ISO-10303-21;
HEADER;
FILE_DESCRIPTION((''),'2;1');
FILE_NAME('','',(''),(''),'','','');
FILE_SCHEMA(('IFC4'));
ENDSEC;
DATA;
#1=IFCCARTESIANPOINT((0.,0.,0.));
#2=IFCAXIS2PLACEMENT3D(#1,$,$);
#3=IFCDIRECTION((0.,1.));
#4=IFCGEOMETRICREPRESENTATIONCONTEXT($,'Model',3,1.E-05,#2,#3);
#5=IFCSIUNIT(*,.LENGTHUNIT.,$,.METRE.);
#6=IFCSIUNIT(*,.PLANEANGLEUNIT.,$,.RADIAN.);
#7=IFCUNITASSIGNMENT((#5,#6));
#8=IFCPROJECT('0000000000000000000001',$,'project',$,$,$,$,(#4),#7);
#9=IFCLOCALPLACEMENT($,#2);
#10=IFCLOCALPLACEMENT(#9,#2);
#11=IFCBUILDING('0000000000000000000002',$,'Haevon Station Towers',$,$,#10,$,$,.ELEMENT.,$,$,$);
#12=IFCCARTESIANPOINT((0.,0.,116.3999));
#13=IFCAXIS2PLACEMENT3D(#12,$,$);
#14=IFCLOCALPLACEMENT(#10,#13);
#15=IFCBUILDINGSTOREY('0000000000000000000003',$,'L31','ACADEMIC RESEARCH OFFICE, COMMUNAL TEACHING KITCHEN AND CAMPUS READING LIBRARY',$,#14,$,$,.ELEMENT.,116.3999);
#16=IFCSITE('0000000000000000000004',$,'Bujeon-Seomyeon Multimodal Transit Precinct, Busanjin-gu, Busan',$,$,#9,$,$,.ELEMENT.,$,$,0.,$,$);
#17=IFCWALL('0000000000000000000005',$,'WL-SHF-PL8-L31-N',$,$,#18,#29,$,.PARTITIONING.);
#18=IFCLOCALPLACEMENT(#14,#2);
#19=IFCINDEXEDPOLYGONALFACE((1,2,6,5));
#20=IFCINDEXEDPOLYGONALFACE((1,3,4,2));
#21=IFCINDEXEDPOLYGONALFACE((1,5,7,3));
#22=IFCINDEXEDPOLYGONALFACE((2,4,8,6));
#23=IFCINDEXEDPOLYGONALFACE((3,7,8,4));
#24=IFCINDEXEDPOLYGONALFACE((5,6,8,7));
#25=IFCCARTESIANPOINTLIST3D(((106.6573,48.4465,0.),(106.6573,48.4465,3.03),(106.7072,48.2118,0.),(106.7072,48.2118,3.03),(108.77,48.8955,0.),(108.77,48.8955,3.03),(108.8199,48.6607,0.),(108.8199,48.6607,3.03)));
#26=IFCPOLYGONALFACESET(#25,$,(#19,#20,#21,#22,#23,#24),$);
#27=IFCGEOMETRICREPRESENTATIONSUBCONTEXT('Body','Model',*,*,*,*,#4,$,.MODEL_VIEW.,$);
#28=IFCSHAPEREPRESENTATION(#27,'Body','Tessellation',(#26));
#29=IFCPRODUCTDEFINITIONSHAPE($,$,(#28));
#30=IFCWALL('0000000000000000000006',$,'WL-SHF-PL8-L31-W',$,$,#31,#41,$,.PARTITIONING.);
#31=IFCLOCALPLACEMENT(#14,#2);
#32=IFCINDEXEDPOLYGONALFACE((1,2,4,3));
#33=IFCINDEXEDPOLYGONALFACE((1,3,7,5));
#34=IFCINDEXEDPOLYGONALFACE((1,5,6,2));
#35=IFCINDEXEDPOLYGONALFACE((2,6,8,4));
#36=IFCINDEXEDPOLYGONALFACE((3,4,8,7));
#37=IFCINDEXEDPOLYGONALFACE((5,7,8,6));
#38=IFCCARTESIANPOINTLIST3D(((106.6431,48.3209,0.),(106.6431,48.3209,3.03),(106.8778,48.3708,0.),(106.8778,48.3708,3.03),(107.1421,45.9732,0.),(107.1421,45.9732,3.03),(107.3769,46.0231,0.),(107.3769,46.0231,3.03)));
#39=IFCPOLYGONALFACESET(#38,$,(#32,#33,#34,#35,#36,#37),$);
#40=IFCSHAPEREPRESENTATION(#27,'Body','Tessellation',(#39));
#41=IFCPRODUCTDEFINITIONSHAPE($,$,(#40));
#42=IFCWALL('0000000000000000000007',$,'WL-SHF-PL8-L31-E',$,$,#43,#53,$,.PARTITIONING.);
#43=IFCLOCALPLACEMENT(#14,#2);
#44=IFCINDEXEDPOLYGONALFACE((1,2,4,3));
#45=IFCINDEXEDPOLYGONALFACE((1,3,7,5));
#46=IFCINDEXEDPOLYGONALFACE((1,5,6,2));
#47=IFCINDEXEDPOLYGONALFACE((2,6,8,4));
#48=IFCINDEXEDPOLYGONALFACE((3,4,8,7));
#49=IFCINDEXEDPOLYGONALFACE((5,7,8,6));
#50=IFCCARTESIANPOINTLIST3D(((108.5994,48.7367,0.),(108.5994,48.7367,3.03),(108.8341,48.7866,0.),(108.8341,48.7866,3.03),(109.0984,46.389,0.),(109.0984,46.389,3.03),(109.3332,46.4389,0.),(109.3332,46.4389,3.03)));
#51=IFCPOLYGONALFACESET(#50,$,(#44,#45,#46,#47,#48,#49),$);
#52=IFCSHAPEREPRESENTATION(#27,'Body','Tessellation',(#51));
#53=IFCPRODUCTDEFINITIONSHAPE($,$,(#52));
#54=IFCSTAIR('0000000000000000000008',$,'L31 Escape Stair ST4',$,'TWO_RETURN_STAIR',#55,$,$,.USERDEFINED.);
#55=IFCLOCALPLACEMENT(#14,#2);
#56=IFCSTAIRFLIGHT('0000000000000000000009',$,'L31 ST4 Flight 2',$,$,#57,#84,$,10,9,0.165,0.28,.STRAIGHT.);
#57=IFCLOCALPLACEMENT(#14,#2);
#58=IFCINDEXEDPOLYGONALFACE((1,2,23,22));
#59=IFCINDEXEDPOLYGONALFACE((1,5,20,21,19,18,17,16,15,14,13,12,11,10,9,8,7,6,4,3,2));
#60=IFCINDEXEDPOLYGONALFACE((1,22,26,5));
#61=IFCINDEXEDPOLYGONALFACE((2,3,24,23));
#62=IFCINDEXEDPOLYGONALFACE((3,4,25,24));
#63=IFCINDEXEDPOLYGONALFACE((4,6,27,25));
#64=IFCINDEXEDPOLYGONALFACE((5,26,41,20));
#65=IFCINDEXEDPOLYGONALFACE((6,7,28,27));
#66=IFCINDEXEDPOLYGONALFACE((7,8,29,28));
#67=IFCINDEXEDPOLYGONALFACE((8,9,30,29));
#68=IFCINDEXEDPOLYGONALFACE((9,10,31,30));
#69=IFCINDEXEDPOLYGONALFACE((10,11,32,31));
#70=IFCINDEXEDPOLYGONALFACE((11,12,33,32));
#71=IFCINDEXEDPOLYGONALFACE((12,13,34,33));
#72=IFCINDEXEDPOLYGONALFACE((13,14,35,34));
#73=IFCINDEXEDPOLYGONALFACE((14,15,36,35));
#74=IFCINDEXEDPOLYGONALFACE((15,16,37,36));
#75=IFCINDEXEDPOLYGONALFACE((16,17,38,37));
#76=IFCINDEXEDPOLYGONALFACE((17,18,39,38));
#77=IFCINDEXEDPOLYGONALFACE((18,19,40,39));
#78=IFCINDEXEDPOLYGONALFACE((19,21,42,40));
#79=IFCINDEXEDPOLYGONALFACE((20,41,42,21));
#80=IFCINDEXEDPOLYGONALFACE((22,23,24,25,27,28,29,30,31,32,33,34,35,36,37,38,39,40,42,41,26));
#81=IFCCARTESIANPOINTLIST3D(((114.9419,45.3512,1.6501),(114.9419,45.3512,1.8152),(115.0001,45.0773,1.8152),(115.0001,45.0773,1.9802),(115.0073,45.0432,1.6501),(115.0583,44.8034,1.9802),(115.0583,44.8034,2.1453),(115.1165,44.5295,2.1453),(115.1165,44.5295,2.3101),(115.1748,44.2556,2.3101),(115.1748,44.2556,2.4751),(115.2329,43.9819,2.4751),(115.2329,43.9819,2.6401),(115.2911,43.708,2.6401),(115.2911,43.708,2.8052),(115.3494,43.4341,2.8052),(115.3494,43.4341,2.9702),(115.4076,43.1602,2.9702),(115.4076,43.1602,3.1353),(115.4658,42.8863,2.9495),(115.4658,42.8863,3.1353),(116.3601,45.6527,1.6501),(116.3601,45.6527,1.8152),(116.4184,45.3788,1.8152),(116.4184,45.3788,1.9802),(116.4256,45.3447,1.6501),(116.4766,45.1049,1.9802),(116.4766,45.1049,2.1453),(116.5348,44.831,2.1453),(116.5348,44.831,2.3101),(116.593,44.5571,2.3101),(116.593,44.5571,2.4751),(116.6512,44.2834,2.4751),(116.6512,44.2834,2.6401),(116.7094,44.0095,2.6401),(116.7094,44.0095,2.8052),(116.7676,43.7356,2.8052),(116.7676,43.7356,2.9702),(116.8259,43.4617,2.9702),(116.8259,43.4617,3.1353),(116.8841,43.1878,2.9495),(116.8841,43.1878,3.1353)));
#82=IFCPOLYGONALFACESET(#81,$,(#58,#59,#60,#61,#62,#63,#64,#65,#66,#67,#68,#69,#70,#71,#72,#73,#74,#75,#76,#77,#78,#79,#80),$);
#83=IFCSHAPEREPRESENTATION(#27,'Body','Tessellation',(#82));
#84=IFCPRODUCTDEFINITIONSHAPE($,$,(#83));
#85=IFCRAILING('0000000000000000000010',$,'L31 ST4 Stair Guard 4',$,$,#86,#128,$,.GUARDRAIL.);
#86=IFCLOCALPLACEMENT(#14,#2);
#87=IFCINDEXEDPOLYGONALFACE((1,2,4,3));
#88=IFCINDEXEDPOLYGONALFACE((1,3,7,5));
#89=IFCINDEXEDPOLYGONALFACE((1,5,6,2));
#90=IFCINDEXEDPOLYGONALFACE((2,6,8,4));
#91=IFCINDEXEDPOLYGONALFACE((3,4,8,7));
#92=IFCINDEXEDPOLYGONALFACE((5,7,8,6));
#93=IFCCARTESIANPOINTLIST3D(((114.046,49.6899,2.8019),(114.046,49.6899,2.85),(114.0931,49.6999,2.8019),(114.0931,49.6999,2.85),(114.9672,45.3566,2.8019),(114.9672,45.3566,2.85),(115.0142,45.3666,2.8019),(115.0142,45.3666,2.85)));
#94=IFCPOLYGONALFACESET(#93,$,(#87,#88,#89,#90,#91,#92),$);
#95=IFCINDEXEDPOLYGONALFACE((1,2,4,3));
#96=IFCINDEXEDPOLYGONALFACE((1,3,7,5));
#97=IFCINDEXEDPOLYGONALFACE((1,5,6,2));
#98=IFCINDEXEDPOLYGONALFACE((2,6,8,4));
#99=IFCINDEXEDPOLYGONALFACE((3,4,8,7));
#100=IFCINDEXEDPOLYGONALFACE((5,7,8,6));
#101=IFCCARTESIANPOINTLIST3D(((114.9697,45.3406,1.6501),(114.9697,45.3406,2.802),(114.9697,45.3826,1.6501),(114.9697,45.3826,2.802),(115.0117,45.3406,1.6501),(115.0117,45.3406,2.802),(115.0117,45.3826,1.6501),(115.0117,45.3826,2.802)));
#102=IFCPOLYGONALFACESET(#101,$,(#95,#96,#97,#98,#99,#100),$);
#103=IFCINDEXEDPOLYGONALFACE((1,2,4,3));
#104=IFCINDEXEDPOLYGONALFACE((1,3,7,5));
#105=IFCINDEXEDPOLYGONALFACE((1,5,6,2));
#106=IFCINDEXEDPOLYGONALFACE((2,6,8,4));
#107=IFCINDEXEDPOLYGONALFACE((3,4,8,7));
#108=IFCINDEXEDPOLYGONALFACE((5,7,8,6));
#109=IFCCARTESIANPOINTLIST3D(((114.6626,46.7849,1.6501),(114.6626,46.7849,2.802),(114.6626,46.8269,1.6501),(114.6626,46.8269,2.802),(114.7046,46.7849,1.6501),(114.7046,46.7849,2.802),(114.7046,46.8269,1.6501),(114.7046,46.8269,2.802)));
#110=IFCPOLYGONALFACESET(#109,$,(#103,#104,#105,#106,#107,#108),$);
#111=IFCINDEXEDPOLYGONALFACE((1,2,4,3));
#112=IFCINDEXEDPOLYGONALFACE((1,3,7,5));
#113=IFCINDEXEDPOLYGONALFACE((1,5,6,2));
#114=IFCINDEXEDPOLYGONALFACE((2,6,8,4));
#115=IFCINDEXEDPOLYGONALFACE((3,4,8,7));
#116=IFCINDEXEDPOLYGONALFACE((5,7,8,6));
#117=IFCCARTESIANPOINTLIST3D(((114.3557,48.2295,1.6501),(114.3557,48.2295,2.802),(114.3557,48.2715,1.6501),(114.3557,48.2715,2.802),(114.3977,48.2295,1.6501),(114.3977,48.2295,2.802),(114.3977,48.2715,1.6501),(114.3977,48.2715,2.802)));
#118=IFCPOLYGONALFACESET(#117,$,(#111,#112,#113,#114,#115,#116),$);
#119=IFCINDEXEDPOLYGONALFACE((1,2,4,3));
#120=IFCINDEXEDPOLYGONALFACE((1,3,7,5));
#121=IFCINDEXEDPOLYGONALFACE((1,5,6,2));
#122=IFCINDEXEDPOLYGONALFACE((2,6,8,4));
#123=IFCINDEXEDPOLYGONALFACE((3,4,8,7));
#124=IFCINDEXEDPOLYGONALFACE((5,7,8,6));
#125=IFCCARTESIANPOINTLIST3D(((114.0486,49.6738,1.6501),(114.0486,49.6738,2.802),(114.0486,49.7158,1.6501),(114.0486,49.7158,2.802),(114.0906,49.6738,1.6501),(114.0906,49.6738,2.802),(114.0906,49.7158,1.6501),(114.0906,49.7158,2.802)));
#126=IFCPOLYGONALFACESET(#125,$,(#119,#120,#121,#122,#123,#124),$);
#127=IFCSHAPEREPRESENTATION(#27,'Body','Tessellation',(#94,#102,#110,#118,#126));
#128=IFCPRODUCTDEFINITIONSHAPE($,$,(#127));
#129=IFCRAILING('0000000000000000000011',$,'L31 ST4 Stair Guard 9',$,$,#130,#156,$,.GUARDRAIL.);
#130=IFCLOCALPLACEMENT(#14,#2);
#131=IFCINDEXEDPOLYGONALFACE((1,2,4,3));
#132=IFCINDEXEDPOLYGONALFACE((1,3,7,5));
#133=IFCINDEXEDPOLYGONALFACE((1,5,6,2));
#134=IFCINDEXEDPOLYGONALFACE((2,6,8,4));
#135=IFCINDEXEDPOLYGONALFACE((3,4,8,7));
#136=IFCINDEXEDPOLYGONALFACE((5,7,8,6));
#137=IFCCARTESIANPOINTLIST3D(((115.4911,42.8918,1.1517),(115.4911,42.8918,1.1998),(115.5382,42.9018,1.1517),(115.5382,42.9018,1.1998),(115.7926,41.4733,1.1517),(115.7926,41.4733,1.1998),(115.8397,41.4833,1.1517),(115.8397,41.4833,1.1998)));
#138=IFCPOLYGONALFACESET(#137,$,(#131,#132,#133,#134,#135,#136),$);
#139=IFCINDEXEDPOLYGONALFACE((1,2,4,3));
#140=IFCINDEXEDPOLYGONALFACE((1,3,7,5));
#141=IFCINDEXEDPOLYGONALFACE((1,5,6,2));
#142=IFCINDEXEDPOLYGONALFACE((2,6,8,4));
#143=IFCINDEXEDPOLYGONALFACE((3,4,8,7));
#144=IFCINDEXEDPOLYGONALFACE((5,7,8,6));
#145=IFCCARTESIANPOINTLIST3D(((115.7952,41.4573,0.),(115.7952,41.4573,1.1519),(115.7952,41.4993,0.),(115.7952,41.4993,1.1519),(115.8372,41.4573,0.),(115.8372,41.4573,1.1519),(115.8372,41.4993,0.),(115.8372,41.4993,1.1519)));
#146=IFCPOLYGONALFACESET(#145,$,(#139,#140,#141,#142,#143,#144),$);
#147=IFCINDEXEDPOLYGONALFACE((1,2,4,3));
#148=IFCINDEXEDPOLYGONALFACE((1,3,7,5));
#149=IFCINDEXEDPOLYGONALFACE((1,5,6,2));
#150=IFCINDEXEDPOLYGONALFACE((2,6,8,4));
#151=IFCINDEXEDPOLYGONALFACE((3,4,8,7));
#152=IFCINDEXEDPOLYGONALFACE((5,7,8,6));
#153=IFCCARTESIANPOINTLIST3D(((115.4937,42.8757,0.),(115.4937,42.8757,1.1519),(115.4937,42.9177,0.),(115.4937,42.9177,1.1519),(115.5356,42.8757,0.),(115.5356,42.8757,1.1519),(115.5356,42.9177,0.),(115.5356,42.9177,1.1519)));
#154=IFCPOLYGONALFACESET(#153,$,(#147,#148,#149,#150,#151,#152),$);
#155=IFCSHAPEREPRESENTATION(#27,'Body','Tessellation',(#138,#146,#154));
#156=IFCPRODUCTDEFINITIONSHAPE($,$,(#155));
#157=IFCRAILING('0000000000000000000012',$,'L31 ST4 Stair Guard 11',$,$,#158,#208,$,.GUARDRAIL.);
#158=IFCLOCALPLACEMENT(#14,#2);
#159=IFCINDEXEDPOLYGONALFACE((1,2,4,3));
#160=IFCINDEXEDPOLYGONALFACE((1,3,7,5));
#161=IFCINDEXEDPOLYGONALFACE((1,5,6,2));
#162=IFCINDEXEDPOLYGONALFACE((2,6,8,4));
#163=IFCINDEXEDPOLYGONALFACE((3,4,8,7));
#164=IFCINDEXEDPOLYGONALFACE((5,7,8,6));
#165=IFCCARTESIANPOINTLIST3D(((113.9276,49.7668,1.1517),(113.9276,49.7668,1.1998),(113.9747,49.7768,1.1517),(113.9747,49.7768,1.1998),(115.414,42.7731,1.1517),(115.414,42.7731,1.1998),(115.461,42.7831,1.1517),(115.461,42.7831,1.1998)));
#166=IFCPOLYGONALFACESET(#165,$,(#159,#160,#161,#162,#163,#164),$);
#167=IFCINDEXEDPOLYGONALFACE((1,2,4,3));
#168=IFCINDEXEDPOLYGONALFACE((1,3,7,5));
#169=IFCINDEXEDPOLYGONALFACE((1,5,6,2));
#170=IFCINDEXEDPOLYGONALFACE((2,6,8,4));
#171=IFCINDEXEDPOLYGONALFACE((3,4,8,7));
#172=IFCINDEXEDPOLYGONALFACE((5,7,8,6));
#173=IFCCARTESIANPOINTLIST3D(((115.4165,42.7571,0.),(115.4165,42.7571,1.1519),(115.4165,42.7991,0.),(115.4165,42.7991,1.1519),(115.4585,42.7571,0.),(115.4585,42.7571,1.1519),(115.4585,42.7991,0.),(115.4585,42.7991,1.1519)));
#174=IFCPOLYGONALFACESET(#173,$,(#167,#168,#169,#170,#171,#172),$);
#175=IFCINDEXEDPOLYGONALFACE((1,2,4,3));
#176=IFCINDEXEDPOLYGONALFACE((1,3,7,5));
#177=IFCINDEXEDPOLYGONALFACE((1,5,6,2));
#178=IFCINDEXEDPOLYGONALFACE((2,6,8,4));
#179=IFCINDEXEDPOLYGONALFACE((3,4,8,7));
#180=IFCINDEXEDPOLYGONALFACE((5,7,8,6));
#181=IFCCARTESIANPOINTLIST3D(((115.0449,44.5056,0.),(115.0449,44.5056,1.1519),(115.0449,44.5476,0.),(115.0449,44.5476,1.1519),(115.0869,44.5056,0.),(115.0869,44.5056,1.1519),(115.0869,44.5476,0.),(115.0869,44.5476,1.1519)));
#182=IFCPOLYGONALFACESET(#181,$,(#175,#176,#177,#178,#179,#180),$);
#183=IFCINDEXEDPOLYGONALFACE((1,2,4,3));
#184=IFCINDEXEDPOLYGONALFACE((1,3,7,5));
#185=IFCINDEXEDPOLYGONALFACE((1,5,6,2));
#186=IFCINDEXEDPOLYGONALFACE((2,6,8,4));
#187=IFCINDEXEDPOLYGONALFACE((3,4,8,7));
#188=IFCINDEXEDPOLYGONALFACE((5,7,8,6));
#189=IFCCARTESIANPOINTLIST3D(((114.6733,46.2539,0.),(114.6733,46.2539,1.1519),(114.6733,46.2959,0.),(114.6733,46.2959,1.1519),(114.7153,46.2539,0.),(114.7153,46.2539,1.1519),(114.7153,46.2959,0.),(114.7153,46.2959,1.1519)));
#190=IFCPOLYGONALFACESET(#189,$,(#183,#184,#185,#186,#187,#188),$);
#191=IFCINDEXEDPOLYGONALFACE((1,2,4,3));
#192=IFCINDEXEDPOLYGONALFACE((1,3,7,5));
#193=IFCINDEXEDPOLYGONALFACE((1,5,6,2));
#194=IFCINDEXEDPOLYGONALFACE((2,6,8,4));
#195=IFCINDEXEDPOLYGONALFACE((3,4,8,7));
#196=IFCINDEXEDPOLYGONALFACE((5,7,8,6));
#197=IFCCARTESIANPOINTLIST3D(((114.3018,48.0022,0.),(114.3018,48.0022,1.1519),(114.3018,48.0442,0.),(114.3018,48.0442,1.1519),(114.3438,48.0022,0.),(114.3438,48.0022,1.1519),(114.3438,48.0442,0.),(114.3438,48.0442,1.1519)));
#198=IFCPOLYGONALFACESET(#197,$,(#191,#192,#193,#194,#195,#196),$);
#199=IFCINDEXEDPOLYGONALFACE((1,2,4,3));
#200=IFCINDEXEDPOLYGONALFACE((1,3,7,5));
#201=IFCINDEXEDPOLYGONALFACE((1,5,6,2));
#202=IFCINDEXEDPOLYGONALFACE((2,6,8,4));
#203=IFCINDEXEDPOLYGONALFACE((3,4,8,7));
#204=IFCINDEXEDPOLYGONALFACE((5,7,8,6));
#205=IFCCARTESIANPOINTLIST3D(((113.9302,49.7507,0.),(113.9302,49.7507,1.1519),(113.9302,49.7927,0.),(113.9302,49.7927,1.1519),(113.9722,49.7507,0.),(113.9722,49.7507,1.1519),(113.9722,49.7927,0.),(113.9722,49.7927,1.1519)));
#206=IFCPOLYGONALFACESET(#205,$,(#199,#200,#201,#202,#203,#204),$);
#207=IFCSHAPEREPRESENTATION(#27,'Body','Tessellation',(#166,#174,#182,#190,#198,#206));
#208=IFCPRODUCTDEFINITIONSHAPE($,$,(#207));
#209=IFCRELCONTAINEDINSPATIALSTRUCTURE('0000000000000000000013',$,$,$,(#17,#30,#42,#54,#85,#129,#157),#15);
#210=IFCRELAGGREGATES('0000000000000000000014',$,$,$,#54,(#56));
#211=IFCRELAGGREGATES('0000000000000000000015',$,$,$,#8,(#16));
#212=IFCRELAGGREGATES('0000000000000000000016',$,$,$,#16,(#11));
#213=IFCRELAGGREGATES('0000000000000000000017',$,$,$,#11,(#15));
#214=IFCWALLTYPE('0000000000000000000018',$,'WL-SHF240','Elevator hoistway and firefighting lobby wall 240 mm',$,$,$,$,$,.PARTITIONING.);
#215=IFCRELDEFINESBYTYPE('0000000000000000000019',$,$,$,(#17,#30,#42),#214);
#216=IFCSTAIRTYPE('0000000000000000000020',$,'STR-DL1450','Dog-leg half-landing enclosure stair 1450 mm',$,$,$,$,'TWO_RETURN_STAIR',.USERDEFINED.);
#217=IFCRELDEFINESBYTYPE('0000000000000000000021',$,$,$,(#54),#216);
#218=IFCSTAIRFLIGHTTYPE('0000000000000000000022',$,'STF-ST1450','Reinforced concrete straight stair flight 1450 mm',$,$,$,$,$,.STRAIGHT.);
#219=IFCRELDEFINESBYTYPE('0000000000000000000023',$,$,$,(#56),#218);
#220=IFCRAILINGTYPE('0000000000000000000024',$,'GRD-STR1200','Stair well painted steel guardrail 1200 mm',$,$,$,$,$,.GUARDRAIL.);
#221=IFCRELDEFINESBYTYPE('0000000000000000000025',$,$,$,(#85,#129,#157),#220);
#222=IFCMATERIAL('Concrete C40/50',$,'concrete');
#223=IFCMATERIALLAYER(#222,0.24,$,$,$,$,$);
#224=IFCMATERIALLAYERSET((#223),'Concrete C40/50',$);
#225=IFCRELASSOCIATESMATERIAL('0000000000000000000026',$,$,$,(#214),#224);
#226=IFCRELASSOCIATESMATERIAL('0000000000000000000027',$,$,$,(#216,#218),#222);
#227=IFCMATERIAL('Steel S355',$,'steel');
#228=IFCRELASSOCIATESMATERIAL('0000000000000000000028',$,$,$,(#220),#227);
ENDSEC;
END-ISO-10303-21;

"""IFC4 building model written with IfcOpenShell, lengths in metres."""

from ifc_helpers import new_model, si_unit, direction, frame, frame_2d, origin, origin_2d, place, context, subcontext, project, spatial, polyline, rectangle, outline, extrude, material, layer, layer_set, type_object, element, aggregate, save


model = new_model("IFC4")

# Units and contexts
model_context = context("Model", 3, precision=1e-05, world=origin(), true_north=direction((0.0, 1.0)))
body_context = subcontext(model_context, "Body", "Model", "MODEL_VIEW")
ifc_project = project(units=[si_unit("LENGTHUNIT", "METRE"), si_unit("PLANEANGLEUNIT", "RADIAN")], contexts=[model_context])

# Site, building, storey
site_placement = place(None, origin())
site = spatial("IfcSite", under=ifc_project, at=site_placement, Name="Bujeon-Seomyeon Multimodal Transit Precinct, Busanjin-gu, Busan", CompositionType="ELEMENT", RefElevation=0.0)
building_placement = place(site_placement, origin())
building = spatial("IfcBuilding", under=site, at=building_placement, Name="Haevon Station Towers", CompositionType="ELEMENT")
storey_placement = place(building_placement, frame((0.0, 0.0, 116.3999)))
storey = spatial("IfcBuildingStorey", under=building, at=storey_placement, Name="L31", Description="ACADEMIC RESEARCH OFFICE, COMMUNAL TEACHING KITCHEN AND CAMPUS READING LIBRARY", CompositionType="ELEMENT", Elevation=116.3999)

# Shared definitions
ifc_material_1 = material(Name="Steel S355", Category="steel")

# Shared definitions
ifc_material_2 = material(Name="Concrete C40/50", Category="concrete")
ifc_layer_1 = layer(ifc_material_2, 0.24)
ifc_layer_set_1 = layer_set([ifc_layer_1], Name="Concrete C40/50")
wall_type_1 = type_object("IfcWallType", Name="WL-SHF240", Description="Elevator hoistway and firefighting lobby wall 240 mm", PredefinedType="PARTITIONING", material=ifc_layer_set_1)

# Walls
wall_1_placement = place(storey_placement, frame((106.6821, 48.3291, 0.0), z_axis=(0.0, 0.0, 1.0), x_axis=(0.978158, 0.207861, 0.0)))
element("IfcWall", 1, at=wall_1_placement, inside=storey, type_object=wall_type_1, Name="WL-SHF-PL8-L31-N", PredefinedType="PARTITIONING", context=body_context, shape_type="SweptSolid", body=[
    extrude(rectangle(XDim=2.1599, YDim=0.24, at=frame_2d((1.0801, 0.0))), origin(), (0.0, 0.0, 1.0), 3.03),
])
for number, where, z_axis, x_axis, name in (
    (2, (107.2595, 45.998, 0.0), (0.0, 0.0, 1.0), (-0.207917, 0.978146, 0.0), "WL-SHF-PL8-L31-W"),
    (3, (109.2158, 46.4138, 0.0), (0.0, 0.0, 1.0), (-0.207917, 0.978146, 0.0), "WL-SHF-PL8-L31-E"),
):
    element("IfcWall", number, at=place(storey_placement, frame(where, z_axis=z_axis, x_axis=x_axis)), inside=storey, type_object=wall_type_1, Name=name, PredefinedType="PARTITIONING", context=body_context, shape_type="SweptSolid", body=[
        extrude(rectangle(XDim=2.4001, YDim=0.24, at=frame_2d((1.2002, 0.0))), origin(), (0.0, 0.0, 1.0), 3.03),
    ])

# Stair, stair flight
stair_type = type_object("IfcStairType", Name="STR-DL1450", Description="Dog-leg half-landing enclosure stair 1450 mm", ElementType="TWO_RETURN_STAIR", PredefinedType="USERDEFINED", material=ifc_material_2)
stair_placement = place(storey_placement, origin())
stair = element("IfcStair", 4, at=stair_placement, inside=storey, type_object=stair_type, Name="L31 Escape Stair ST4", ObjectType="TWO_RETURN_STAIR", PredefinedType="USERDEFINED")
stair_flight_type = type_object("IfcStairFlightType", Name="STF-ST1450", Description="Reinforced concrete straight stair flight 1450 mm", PredefinedType="STRAIGHT", material=ifc_material_2)
stair_flight_placement = place(storey_placement, frame((115.6509, 45.502, 1.6501), z_axis=(0.0, 0.0, 1.0), x_axis=(0.207912, -0.978148, 0.0)))
stair_flight = element("IfcStairFlight", 5, at=stair_flight_placement, type_object=stair_flight_type, Name="L31 ST4 Flight 2", NumberOfRisers=10, NumberOfTreads=9, PredefinedType="STRAIGHT", RiserHeight=0.165, TreadLength=0.28, context=body_context, shape_type="SweptSolid", body=[
    extrude(outline(polyline([(0.0, 0.0), (0.0, 0.165), (0.28, 0.165), (0.28, 0.3301), (0.5601, 0.3301), (0.5601, 0.4951), (0.8401, 0.4951), (0.8401, 0.6599), (1.1201, 0.6599), (1.1201, 0.825), (1.3999, 0.825), (1.3999, 0.99), (1.6799, 0.99), (1.6799, 1.155), (1.96, 1.155), (1.96, 1.3201), (2.24, 1.3201), (2.24, 1.4851), (2.52, 1.4851), (2.52, 1.6499), (2.52, 1.2993), (0.3149, 0.0), (0.0, 0.0)])), frame((0.0, 0.7251, 0.0), z_axis=(0.0, -1.0, 0.0), x_axis=(1.0, 0.0, 0.0)), (0.0, 0.0, 1.0), 1.45),
])
aggregate(stair, [stair_flight])

# Railings
railing_type_1 = type_object("IfcRailingType", Name="GRD-STR1200", Description="Stair well painted steel guardrail 1200 mm", PredefinedType="GUARDRAIL", material=ifc_material_1)
railing_1_placement = place(storey_placement, frame((114.9907, 45.3616, 1.6501)))
element("IfcRailing", 6, at=railing_1_placement, inside=storey, type_object=railing_type_1, Name="L31 ST4 Stair Guard 4", PredefinedType="GUARDRAIL", context=body_context, shape_type="SweptSolid", body=[
    extrude(rectangle(XDim=0.0481, YDim=0.0481, at=origin_2d()), frame((0.0, 0.0, 1.1758), z_axis=(-0.207929, 0.978144, 0.0), x_axis=(-0.978144, -0.207929, 0.0)), (0.0, 0.0, 1.0), 4.4302),
    extrude(rectangle(XDim=0.042, YDim=0.042, at=origin_2d()), origin(), (0.0, 0.0, 1.0), 1.1519),
    extrude(rectangle(XDim=0.042, YDim=0.042, at=origin_2d()), frame((-0.3071, 1.4443, 0.0)), (0.0, 0.0, 1.0), 1.1519),
    extrude(rectangle(XDim=0.042, YDim=0.042, at=origin_2d()), frame((-0.614, 2.8889, 0.0)), (0.0, 0.0, 1.0), 1.1519),
    extrude(rectangle(XDim=0.042, YDim=0.042, at=origin_2d()), frame((-0.9211, 4.3333, 0.0)), (0.0, 0.0, 1.0), 1.1519),
])
railing_2_placement = place(storey_placement, frame((115.8162, 41.4783, 0.0)))
element("IfcRailing", 7, at=railing_2_placement, inside=storey, type_object=railing_type_1, Name="L31 ST4 Stair Guard 9", PredefinedType="GUARDRAIL", context=body_context, shape_type="SweptSolid", body=[
    extrude(rectangle(XDim=0.0481, YDim=0.0481, at=origin_2d()), frame((0.0, 0.0, 1.1758), z_axis=(-0.207919, 0.978146, 0.0), x_axis=(-0.978146, -0.207919, 0.0)), (0.0, 0.0, 1.0), 1.4502),
    extrude(rectangle(XDim=0.042, YDim=0.042, at=origin_2d()), origin(), (0.0, 0.0, 1.0), 1.1519),
    extrude(rectangle(XDim=0.042, YDim=0.042, at=origin_2d()), frame((-0.3015, 1.4185, 0.0)), (0.0, 0.0, 1.0), 1.1519),
])
railing_3_placement = place(storey_placement, frame((115.4375, 42.7781, 0.0)))
element("IfcRailing", 8, at=railing_3_placement, inside=storey, type_object=railing_type_1, Name="L31 ST4 Stair Guard 11", PredefinedType="GUARDRAIL", context=body_context, shape_type="SweptSolid", body=[
    extrude(rectangle(XDim=0.0481, YDim=0.0481, at=origin_2d()), frame((0.0, 0.0, 1.1758), z_axis=(-0.207882, 0.978154, 0.0), x_axis=(-0.978154, -0.207882, 0.0)), (0.0, 0.0, 1.0), 7.1499),
    extrude(rectangle(XDim=0.042, YDim=0.042, at=origin_2d()), origin(), (0.0, 0.0, 1.0), 1.1519),
    extrude(rectangle(XDim=0.042, YDim=0.042, at=origin_2d()), frame((-0.3716, 1.7485, 0.0)), (0.0, 0.0, 1.0), 1.1519),
    extrude(rectangle(XDim=0.042, YDim=0.042, at=origin_2d()), frame((-0.7432, 3.4968, 0.0)), (0.0, 0.0, 1.0), 1.1519),
    extrude(rectangle(XDim=0.042, YDim=0.042, at=origin_2d()), frame((-1.1147, 5.2451, 0.0)), (0.0, 0.0, 1.0), 1.1519),
    extrude(rectangle(XDim=0.042, YDim=0.042, at=origin_2d()), frame((-1.4863, 6.9937, 0.0)), (0.0, 0.0, 1.0), 1.1519),
])

save(model, "model.ifc")
